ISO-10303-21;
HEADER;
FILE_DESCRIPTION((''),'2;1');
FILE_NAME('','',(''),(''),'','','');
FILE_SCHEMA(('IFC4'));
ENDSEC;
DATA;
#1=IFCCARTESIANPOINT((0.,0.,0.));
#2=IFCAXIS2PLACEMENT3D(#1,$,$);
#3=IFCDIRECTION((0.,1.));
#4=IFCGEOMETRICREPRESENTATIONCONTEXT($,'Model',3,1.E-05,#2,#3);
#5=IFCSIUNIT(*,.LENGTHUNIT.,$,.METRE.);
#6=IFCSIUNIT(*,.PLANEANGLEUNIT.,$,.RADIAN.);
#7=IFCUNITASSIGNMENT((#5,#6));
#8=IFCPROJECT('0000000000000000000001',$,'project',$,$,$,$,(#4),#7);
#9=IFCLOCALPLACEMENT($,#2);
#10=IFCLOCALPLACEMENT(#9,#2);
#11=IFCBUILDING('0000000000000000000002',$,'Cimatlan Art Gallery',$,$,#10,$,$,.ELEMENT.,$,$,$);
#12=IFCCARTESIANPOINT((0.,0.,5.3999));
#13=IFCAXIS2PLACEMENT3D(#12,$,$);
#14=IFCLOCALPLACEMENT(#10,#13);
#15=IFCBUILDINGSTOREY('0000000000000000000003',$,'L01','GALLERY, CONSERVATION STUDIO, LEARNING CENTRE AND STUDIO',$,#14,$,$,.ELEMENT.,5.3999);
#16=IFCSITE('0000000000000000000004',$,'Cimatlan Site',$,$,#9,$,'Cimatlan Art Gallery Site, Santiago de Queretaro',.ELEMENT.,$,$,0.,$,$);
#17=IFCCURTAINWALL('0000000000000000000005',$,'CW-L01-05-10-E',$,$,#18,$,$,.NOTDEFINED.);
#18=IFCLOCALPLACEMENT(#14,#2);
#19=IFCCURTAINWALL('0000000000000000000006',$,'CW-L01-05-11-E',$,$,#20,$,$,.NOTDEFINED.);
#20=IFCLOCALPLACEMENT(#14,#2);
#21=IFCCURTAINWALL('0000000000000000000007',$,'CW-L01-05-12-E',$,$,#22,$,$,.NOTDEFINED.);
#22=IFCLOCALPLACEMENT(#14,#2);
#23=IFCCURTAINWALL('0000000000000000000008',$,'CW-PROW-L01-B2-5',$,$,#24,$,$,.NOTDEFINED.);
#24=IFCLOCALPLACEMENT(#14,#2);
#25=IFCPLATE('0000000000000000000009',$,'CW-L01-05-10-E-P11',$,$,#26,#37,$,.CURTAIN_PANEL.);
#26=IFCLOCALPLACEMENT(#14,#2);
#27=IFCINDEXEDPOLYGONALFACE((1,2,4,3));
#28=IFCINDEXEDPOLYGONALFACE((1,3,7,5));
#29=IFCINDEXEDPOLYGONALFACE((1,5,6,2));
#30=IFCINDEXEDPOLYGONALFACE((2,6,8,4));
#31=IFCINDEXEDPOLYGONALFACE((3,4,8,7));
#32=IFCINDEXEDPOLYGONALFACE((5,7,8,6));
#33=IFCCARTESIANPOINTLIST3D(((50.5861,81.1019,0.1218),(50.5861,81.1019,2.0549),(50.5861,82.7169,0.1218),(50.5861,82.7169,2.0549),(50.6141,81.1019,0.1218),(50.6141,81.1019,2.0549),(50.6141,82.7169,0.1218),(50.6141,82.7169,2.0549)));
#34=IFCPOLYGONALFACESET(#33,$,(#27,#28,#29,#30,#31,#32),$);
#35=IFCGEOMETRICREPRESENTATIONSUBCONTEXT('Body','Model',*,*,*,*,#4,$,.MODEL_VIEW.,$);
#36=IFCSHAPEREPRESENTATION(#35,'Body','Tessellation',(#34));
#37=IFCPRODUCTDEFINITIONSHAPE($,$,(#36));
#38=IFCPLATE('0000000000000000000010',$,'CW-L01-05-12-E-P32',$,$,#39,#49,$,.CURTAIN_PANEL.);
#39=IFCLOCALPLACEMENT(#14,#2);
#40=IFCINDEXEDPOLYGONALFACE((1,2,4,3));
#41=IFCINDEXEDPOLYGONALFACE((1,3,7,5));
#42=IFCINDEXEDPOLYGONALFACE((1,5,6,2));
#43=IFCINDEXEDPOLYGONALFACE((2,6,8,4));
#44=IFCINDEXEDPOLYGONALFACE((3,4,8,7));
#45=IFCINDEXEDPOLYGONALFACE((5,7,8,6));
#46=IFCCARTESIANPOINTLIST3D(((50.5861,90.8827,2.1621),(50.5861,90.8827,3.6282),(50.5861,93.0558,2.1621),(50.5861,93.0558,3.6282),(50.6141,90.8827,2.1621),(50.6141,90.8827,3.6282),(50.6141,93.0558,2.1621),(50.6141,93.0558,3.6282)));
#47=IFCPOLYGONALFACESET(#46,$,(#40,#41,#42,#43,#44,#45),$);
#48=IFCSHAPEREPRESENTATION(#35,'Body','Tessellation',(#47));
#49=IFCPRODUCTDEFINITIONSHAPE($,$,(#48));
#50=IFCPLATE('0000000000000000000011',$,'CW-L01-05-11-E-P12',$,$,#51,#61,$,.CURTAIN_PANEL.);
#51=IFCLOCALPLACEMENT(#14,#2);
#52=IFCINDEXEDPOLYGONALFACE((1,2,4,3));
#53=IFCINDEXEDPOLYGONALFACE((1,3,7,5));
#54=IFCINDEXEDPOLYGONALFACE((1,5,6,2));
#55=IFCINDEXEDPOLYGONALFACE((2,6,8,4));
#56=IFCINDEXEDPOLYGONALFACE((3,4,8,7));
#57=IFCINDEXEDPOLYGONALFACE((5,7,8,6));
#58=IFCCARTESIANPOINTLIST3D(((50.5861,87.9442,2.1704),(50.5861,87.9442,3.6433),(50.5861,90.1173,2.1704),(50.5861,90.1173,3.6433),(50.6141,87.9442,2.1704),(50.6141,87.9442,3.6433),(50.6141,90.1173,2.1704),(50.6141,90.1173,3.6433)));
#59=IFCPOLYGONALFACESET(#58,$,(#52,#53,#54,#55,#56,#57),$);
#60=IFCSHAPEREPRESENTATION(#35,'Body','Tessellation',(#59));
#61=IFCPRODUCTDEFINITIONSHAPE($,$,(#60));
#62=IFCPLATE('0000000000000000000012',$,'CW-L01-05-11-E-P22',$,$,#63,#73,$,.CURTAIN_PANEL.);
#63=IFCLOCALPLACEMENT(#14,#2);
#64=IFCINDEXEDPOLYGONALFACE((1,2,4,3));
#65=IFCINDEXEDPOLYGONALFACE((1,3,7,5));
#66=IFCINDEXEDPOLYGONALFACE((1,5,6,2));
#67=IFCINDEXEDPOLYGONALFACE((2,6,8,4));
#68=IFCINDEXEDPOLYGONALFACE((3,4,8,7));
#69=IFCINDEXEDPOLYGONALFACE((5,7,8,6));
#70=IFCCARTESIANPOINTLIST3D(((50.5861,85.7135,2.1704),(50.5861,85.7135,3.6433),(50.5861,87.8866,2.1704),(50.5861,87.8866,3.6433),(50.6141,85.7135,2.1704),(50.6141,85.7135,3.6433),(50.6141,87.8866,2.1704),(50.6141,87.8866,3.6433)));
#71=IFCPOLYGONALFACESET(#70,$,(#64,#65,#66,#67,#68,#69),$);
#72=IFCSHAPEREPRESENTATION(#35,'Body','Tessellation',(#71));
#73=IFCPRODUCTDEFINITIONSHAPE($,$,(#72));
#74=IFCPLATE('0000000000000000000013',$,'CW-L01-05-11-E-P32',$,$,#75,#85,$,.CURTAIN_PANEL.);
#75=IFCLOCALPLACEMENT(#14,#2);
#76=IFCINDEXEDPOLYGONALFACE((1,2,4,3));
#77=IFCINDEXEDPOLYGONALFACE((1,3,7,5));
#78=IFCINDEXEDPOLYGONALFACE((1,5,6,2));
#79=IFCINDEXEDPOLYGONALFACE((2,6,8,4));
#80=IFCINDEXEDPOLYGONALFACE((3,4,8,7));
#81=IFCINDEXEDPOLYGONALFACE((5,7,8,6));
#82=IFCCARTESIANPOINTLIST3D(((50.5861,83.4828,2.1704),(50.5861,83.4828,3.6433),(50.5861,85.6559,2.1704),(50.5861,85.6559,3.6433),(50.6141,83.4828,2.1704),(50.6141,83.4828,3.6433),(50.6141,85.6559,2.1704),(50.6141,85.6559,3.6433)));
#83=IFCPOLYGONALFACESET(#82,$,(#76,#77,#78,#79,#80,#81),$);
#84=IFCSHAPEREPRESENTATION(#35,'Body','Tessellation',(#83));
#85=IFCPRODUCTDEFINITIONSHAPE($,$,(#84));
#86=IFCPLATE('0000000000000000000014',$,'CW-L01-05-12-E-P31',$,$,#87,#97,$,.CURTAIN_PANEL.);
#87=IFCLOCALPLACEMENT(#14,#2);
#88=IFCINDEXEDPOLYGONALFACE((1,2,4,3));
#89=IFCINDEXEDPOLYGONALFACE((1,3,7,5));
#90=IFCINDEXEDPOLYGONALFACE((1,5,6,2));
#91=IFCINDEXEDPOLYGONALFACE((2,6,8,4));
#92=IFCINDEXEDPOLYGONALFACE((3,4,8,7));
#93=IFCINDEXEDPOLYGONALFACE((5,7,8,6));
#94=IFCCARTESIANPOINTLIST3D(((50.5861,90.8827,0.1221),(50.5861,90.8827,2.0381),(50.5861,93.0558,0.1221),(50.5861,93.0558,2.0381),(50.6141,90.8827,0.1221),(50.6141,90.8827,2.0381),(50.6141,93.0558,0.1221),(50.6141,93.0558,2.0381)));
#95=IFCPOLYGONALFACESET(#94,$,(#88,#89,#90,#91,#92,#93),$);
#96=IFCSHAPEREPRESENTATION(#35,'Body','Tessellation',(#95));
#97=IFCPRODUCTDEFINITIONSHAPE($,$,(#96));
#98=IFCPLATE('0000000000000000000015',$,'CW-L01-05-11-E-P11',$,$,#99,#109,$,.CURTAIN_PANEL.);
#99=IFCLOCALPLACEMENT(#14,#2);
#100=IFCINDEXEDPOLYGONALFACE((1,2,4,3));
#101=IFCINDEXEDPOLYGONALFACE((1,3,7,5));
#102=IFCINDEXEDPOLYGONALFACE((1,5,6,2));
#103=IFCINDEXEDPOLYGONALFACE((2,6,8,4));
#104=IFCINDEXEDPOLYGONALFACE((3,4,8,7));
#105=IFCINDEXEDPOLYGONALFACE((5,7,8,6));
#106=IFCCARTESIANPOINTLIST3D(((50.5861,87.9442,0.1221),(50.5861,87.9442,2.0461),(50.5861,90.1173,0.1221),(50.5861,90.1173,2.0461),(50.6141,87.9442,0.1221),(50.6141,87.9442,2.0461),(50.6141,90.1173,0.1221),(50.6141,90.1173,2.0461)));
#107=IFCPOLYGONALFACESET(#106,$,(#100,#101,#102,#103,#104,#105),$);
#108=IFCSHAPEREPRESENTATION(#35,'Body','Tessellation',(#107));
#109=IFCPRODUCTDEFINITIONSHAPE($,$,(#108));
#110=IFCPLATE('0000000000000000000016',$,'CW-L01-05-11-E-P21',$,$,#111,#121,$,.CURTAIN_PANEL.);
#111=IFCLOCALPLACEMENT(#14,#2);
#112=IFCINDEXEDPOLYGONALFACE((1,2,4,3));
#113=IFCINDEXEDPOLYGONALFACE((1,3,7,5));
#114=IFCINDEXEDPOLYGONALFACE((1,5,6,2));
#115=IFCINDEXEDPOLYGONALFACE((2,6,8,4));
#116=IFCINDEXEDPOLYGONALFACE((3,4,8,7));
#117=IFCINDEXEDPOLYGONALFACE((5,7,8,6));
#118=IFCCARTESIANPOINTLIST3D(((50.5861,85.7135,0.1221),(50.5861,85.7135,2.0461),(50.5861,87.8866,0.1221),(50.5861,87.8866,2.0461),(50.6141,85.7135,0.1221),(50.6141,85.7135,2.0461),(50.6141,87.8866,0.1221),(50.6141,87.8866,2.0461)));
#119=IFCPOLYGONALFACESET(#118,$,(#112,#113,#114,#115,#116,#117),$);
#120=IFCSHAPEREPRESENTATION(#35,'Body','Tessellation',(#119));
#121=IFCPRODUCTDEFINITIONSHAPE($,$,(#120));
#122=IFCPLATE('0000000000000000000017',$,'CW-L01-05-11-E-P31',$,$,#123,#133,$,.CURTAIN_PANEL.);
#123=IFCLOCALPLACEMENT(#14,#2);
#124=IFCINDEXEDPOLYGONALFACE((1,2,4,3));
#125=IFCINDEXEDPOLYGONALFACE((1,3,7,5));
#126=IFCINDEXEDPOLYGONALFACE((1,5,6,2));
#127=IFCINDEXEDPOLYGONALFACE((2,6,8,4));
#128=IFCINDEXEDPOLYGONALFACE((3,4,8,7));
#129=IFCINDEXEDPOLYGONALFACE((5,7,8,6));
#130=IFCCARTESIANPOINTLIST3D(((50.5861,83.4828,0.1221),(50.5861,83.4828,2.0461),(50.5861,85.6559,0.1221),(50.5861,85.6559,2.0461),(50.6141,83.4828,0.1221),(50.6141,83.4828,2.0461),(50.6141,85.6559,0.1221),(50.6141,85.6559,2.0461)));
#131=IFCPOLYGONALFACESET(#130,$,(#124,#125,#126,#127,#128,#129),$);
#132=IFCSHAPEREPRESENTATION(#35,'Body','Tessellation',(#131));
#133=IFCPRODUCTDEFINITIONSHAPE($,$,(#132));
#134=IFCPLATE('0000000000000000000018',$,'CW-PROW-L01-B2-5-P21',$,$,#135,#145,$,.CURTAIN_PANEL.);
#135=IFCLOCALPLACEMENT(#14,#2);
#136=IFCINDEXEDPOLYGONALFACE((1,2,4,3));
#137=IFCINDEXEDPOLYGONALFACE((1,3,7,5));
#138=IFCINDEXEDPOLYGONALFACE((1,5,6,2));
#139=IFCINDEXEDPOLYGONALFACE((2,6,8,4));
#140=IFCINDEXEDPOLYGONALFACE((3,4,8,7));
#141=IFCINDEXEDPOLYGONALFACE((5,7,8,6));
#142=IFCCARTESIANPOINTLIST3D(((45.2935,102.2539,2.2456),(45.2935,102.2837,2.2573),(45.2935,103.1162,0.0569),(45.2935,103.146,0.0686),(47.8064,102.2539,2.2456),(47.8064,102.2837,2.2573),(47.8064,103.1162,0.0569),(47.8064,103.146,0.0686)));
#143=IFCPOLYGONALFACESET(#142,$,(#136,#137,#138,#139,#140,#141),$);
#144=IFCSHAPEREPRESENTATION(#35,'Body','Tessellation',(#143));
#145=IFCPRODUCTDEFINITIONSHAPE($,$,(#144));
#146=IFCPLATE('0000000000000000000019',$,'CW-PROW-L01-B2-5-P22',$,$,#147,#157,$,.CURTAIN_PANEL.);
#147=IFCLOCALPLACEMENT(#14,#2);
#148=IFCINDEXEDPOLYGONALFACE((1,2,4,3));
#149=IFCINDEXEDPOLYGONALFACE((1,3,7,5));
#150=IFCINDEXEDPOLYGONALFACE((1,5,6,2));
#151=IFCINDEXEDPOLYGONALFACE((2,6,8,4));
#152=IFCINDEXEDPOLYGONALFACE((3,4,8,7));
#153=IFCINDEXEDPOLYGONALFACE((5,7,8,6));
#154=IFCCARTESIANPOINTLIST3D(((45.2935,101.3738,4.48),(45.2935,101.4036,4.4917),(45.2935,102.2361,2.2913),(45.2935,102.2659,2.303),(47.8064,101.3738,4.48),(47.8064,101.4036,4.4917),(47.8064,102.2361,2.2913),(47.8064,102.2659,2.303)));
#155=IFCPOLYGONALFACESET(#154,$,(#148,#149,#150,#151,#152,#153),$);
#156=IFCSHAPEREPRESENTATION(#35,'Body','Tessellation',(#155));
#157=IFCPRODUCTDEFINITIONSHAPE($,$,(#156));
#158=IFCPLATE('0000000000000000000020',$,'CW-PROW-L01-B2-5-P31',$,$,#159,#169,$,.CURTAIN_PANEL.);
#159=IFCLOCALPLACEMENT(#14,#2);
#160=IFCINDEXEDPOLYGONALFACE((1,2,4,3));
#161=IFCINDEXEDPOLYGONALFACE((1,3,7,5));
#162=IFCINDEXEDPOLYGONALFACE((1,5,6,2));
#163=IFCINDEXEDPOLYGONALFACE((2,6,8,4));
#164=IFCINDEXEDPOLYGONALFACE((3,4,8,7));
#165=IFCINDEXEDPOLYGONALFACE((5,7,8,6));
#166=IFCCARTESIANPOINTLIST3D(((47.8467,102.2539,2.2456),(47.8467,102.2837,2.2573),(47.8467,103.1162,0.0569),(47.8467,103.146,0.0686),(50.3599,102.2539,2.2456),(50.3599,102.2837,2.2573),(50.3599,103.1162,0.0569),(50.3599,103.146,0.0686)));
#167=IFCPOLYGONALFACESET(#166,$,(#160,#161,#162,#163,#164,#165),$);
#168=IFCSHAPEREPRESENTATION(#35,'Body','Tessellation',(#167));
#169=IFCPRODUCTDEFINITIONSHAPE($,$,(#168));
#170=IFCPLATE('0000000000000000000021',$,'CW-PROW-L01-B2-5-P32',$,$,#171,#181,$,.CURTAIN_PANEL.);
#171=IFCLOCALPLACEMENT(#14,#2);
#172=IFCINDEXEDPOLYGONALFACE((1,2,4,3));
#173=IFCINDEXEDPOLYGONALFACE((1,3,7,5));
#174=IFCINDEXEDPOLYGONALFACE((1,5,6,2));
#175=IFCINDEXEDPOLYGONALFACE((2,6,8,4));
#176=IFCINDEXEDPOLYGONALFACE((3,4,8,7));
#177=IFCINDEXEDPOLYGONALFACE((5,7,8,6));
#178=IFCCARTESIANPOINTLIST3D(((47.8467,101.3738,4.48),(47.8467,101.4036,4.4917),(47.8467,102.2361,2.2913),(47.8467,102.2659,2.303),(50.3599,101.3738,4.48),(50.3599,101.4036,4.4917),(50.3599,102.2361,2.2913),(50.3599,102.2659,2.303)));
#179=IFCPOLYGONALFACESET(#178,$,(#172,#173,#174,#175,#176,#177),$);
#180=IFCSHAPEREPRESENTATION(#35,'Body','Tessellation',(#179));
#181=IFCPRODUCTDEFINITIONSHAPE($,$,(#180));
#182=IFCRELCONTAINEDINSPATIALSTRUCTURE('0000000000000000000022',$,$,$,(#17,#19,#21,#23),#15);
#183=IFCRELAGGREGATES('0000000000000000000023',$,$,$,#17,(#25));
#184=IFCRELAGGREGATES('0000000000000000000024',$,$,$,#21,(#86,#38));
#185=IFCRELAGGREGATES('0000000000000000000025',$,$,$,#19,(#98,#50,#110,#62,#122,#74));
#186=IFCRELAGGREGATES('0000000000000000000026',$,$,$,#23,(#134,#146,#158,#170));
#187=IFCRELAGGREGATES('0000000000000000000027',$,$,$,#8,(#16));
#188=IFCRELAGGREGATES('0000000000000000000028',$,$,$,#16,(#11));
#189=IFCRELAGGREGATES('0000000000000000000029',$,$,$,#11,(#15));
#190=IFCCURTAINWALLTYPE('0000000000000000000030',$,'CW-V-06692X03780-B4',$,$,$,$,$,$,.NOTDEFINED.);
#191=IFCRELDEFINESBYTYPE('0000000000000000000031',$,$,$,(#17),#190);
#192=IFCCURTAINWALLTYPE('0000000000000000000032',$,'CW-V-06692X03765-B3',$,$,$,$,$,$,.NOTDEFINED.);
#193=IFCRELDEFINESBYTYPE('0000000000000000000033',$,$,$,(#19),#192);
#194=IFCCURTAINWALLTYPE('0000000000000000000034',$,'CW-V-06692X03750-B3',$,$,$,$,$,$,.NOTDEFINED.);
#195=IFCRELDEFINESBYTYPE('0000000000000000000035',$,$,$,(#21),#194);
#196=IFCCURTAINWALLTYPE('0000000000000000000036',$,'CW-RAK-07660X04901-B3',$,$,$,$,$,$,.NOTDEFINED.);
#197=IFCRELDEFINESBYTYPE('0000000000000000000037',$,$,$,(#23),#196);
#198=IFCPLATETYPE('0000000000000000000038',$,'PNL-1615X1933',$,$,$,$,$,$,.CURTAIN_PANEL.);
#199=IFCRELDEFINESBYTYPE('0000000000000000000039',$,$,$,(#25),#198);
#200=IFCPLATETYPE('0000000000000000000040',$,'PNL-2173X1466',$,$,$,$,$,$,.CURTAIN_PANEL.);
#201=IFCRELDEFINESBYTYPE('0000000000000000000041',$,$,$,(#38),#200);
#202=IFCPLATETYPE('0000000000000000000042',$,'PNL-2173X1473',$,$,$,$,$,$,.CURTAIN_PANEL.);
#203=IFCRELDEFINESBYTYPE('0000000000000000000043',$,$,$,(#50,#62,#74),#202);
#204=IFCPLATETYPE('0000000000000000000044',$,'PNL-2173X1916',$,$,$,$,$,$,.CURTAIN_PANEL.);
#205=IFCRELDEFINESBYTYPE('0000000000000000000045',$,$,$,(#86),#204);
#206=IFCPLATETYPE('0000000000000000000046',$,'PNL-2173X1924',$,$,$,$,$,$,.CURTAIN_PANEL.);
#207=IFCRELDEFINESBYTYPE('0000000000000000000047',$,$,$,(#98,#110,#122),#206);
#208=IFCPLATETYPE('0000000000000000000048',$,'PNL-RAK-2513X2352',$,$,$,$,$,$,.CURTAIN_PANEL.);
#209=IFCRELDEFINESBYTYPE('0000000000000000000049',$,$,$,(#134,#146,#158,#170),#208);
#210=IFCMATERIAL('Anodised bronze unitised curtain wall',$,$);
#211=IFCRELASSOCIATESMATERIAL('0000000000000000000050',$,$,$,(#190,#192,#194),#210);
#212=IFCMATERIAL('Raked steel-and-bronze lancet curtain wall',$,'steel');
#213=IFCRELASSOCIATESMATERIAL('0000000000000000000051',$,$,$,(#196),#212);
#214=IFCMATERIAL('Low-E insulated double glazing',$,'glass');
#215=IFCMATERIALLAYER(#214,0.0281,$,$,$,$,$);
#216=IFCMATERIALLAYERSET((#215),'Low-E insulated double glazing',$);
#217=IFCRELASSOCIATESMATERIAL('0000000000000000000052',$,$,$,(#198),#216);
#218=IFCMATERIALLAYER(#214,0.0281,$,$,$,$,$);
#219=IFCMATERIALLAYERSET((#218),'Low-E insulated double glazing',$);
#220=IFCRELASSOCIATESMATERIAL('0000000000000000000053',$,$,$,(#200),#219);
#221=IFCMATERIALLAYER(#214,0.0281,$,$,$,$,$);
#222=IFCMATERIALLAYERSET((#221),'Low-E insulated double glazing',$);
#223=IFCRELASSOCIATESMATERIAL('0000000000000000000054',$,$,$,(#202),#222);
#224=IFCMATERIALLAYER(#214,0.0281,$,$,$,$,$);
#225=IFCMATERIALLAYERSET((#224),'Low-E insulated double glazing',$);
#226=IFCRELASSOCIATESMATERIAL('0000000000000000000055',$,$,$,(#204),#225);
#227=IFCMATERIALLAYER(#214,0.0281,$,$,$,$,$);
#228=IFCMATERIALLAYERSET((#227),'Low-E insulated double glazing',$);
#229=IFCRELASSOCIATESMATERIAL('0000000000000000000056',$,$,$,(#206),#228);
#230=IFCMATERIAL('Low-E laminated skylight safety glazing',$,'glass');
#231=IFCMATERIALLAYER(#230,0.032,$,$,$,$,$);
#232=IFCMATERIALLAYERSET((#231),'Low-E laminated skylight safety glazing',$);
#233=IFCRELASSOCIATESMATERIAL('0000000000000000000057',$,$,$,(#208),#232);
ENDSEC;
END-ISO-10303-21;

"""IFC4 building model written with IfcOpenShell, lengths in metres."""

from ifc_helpers import new_model, si_unit, direction, frame, origin, origin_2d, place, context, subcontext, project, spatial, polyline, rectangle, outline, extrude, material, layer, layer_set, type_object, element, aggregate, save


model = new_model("IFC4")

# Units and contexts
model_context = context("Model", 3, precision=1e-05, world=origin(), true_north=direction((0.0, 1.0)))
body_context = subcontext(model_context, "Body", "Model", "MODEL_VIEW")
ifc_project = project(units=[si_unit("LENGTHUNIT", "METRE"), si_unit("PLANEANGLEUNIT", "RADIAN")], contexts=[model_context])

# Site, building, storey
site_placement = place(None, origin())
site = spatial("IfcSite", under=ifc_project, at=site_placement, Name="Cimatlan Site", LongName="Cimatlan Art Gallery Site, Santiago de Queretaro", CompositionType="ELEMENT", RefElevation=0.0)
building_placement = place(site_placement, origin())
building = spatial("IfcBuilding", under=site, at=building_placement, Name="Cimatlan Art Gallery", CompositionType="ELEMENT")
storey_placement = place(building_placement, frame((0.0, 0.0, 5.3999)))
storey = spatial("IfcBuildingStorey", under=building, at=storey_placement, Name="L01", Description="GALLERY, CONSERVATION STUDIO, LEARNING CENTRE AND STUDIO", CompositionType="ELEMENT", Elevation=5.3999)

# Curtain wall
ifc_material_1 = material(Name="Anodised bronze unitised curtain wall")
curtain_wall_type_1 = type_object("IfcCurtainWallType", Name="CW-V-06692X03780-B4", PredefinedType="NOTDEFINED", material=ifc_material_1)
curtain_wall_1_placement = place(storey_placement, origin())
curtain_wall_1 = element("IfcCurtainWall", 1, at=curtain_wall_1_placement, inside=storey, type_object=curtain_wall_type_1, Name="CW-L01-05-10-E", PredefinedType="NOTDEFINED")

# Curtain walls
curtain_wall_type_2 = type_object("IfcCurtainWallType", Name="CW-V-06692X03765-B3", PredefinedType="NOTDEFINED", material=ifc_material_1)
curtain_wall_2_placement = place(storey_placement, origin())
curtain_wall_2 = element("IfcCurtainWall", 2, at=curtain_wall_2_placement, inside=storey, type_object=curtain_wall_type_2, Name="CW-L01-05-11-E", PredefinedType="NOTDEFINED")
curtain_wall_type_3 = type_object("IfcCurtainWallType", Name="CW-V-06692X03750-B3", PredefinedType="NOTDEFINED", material=ifc_material_1)
curtain_wall_3_placement = place(storey_placement, origin())
curtain_wall_3 = element("IfcCurtainWall", 3, at=curtain_wall_3_placement, inside=storey, type_object=curtain_wall_type_3, Name="CW-L01-05-12-E", PredefinedType="NOTDEFINED")
ifc_material_2 = material(Name="Raked steel-and-bronze lancet curtain wall", Category="steel")
curtain_wall_type_4 = type_object("IfcCurtainWallType", Name="CW-RAK-07660X04901-B3", PredefinedType="NOTDEFINED", material=ifc_material_2)
curtain_wall_4_placement = place(storey_placement, origin())
curtain_wall_4 = element("IfcCurtainWall", 4, at=curtain_wall_4_placement, inside=storey, type_object=curtain_wall_type_4, Name="CW-PROW-L01-B2-5", PredefinedType="NOTDEFINED")

# Plates
ifc_material_3 = material(Name="Low-E insulated double glazing", Category="glass")
ifc_layer_1 = layer(ifc_material_3, 0.0281)
ifc_layer_set_1 = layer_set([ifc_layer_1], Name="Low-E insulated double glazing")
plate_type_1 = type_object("IfcPlateType", Name="PNL-1615X1933", PredefinedType="CURTAIN_PANEL", material=ifc_layer_set_1)
plate_1_placement = place(storey_placement, frame((50.6001, 81.9094, 0.1218), z_axis=(0.0, 0.0, 1.0), x_axis=(0.0, -1.0, 0.0)))
plate_1 = element("IfcPlate", 5, at=plate_1_placement, type_object=plate_type_1, Name="CW-L01-05-10-E-P11", PredefinedType="CURTAIN_PANEL", context=body_context, shape_type="SweptSolid", body=[
    extrude(rectangle(XDim=1.615, YDim=0.0281, at=origin_2d()), origin(), (0.0, 0.0, 1.0), 1.9331),
])
aggregate(curtain_wall_1, [plate_1])
ifc_layer_2 = layer(ifc_material_3, 0.0281)
ifc_layer_set_2 = layer_set([ifc_layer_2], Name="Low-E insulated double glazing")
plate_type_2 = type_object("IfcPlateType", Name="PNL-2173X1466", PredefinedType="CURTAIN_PANEL", material=ifc_layer_set_2)
plate_2_placement = place(storey_placement, frame((50.6001, 91.9692, 2.1621), z_axis=(0.0, 0.0, 1.0), x_axis=(0.0, -1.0, 0.0)))
plate_2 = element("IfcPlate", 6, at=plate_2_placement, type_object=plate_type_2, Name="CW-L01-05-12-E-P32", PredefinedType="CURTAIN_PANEL", context=body_context, shape_type="SweptSolid", body=[
    extrude(rectangle(XDim=2.1731, YDim=0.0281, at=origin_2d()), origin(), (0.0, 0.0, 1.0), 1.4661),
])
ifc_layer_3 = layer(ifc_material_3, 0.0281)
ifc_layer_set_3 = layer_set([ifc_layer_3], Name="Low-E insulated double glazing")
plate_type_3 = type_object("IfcPlateType", Name="PNL-2173X1473", PredefinedType="CURTAIN_PANEL", material=ifc_layer_set_3)
plate_3_placement = place(storey_placement, frame((50.6001, 89.0308, 2.1704), z_axis=(0.0, 0.0, 1.0), x_axis=(0.0, -1.0, 0.0)))
plate_3 = element("IfcPlate", 7, at=plate_3_placement, type_object=plate_type_3, Name="CW-L01-05-11-E-P12", PredefinedType="CURTAIN_PANEL", context=body_context, shape_type="SweptSolid", body=[
    extrude(rectangle(XDim=2.1731, YDim=0.0281, at=origin_2d()), origin(), (0.0, 0.0, 1.0), 1.4729),
])
plate_4_placement = place(storey_placement, frame((50.6001, 86.8, 2.1704), z_axis=(0.0, 0.0, 1.0), x_axis=(0.0, -1.0, 0.0)))
plate_4 = element("IfcPlate", 8, at=plate_4_placement, type_object=plate_type_3, Name="CW-L01-05-11-E-P22", PredefinedType="CURTAIN_PANEL", context=body_context, shape_type="SweptSolid", body=[
    extrude(rectangle(XDim=2.1731, YDim=0.0281, at=origin_2d()), origin(), (0.0, 0.0, 1.0), 1.4729),
])
plate_5_placement = place(storey_placement, frame((50.6001, 84.5693, 2.1704), z_axis=(0.0, 0.0, 1.0), x_axis=(0.0, -1.0, 0.0)))
plate_5 = element("IfcPlate", 9, at=plate_5_placement, type_object=plate_type_3, Name="CW-L01-05-11-E-P32", PredefinedType="CURTAIN_PANEL", context=body_context, shape_type="SweptSolid", body=[
    extrude(rectangle(XDim=2.1731, YDim=0.0281, at=origin_2d()), origin(), (0.0, 0.0, 1.0), 1.4729),
])
ifc_layer_4 = layer(ifc_material_3, 0.0281)
ifc_layer_set_4 = layer_set([ifc_layer_4], Name="Low-E insulated double glazing")
plate_type_4 = type_object("IfcPlateType", Name="PNL-2173X1916", PredefinedType="CURTAIN_PANEL", material=ifc_layer_set_4)
plate_6_placement = place(storey_placement, frame((50.6001, 91.9692, 0.1221), z_axis=(0.0, 0.0, 1.0), x_axis=(0.0, -1.0, 0.0)))
plate_6 = element("IfcPlate", 10, at=plate_6_placement, type_object=plate_type_4, Name="CW-L01-05-12-E-P31", PredefinedType="CURTAIN_PANEL", context=body_context, shape_type="SweptSolid", body=[
    extrude(rectangle(XDim=2.1731, YDim=0.0281, at=origin_2d()), origin(), (0.0, 0.0, 1.0), 1.916),
])
aggregate(curtain_wall_3, [plate_6, plate_2])
ifc_layer_5 = layer(ifc_material_3, 0.0281)
ifc_layer_set_5 = layer_set([ifc_layer_5], Name="Low-E insulated double glazing")
plate_type_5 = type_object("IfcPlateType", Name="PNL-2173X1924", PredefinedType="CURTAIN_PANEL", material=ifc_layer_set_5)
plate_7_placement = place(storey_placement, frame((50.6001, 89.0308, 0.1221), z_axis=(0.0, 0.0, 1.0), x_axis=(0.0, -1.0, 0.0)))
plate_7 = element("IfcPlate", 11, at=plate_7_placement, type_object=plate_type_5, Name="CW-L01-05-11-E-P11", PredefinedType="CURTAIN_PANEL", context=body_context, shape_type="SweptSolid", body=[
    extrude(rectangle(XDim=2.1731, YDim=0.0281, at=origin_2d()), origin(), (0.0, 0.0, 1.0), 1.9241),
])
plate_8_placement = place(storey_placement, frame((50.6001, 86.8, 0.1221), z_axis=(0.0, 0.0, 1.0), x_axis=(0.0, -1.0, 0.0)))
plate_8 = element("IfcPlate", 12, at=plate_8_placement, type_object=plate_type_5, Name="CW-L01-05-11-E-P21", PredefinedType="CURTAIN_PANEL", context=body_context, shape_type="SweptSolid", body=[
    extrude(rectangle(XDim=2.1731, YDim=0.0281, at=origin_2d()), origin(), (0.0, 0.0, 1.0), 1.9241),
])
plate_9_placement = place(storey_placement, frame((50.6001, 84.5693, 0.1221), z_axis=(0.0, 0.0, 1.0), x_axis=(0.0, -1.0, 0.0)))
plate_9 = element("IfcPlate", 13, at=plate_9_placement, type_object=plate_type_5, Name="CW-L01-05-11-E-P31", PredefinedType="CURTAIN_PANEL", context=body_context, shape_type="SweptSolid", body=[
    extrude(rectangle(XDim=2.1731, YDim=0.0281, at=origin_2d()), origin(), (0.0, 0.0, 1.0), 1.9241),
])
aggregate(curtain_wall_2, [plate_7, plate_3, plate_8, plate_4, plate_9, plate_5])
ifc_material_4 = material(Name="Low-E laminated skylight safety glazing", Category="glass")
ifc_layer_6 = layer(ifc_material_4, 0.032)
ifc_layer_set_6 = layer_set([ifc_layer_6], Name="Low-E laminated skylight safety glazing")
plate_type_6 = type_object("IfcPlateType", Name="PNL-RAK-2513X2352", PredefinedType="CURTAIN_PANEL", material=ifc_layer_set_6)
plate_10_placement = place(storey_placement, frame((45.2935, 103.146, 0.0686), z_axis=(0.0, 0.930397, 0.366554), x_axis=(1.0, 0.0, 0.0)))
plate_10 = element("IfcPlate", 14, at=plate_10_placement, type_object=plate_type_6, Name="CW-PROW-L01-B2-5-P21", PredefinedType="CURTAIN_PANEL", context=body_context, shape_type="SweptSolid", body=[
    extrude(outline(polyline([(0.0, 0.0), (2.5129, 0.0), (2.5129, -2.3525), (0.0, -2.3525), (0.0, 0.0)])), origin(), (0.0, 0.0, -1.0), 0.032),
])
plate_11_placement = place(storey_placement, frame((45.2935, 102.2659, 2.303), z_axis=(0.0, 0.930397, 0.366554), x_axis=(1.0, 0.0, 0.0)))
plate_11 = element("IfcPlate", 15, at=plate_11_placement, type_object=plate_type_6, Name="CW-PROW-L01-B2-5-P22", PredefinedType="CURTAIN_PANEL", context=body_context, shape_type="SweptSolid", body=[
    extrude(outline(polyline([(0.0, 0.0), (2.5129, 0.0), (2.5129, -2.3525), (0.0, -2.3525), (0.0, 0.0)])), origin(), (0.0, 0.0, -1.0), 0.032),
])
plate_12_placement = place(storey_placement, frame((47.8467, 103.146, 0.0686), z_axis=(0.0, 0.930397, 0.366554), x_axis=(1.0, 0.0, 0.0)))
plate_12 = element("IfcPlate", 16, at=plate_12_placement, type_object=plate_type_6, Name="CW-PROW-L01-B2-5-P31", PredefinedType="CURTAIN_PANEL", context=body_context, shape_type="SweptSolid", body=[
    extrude(outline(polyline([(0.0, 0.0), (2.5132, 0.0), (2.5132, -2.3525), (0.0, -2.3525), (0.0, 0.0)])), origin(), (0.0, 0.0, -1.0), 0.032),
])
plate_13_placement = place(storey_placement, frame((47.8467, 102.2659, 2.303), z_axis=(0.0, 0.930397, 0.366554), x_axis=(1.0, 0.0, 0.0)))
plate_13 = element("IfcPlate", 17, at=plate_13_placement, type_object=plate_type_6, Name="CW-PROW-L01-B2-5-P32", PredefinedType="CURTAIN_PANEL", context=body_context, shape_type="SweptSolid", body=[
    extrude(outline(polyline([(0.0, 0.0), (2.5132, 0.0), (2.5132, -2.3525), (0.0, -2.3525), (0.0, 0.0)])), origin(), (0.0, 0.0, -1.0), 0.032),
])
aggregate(curtain_wall_4, [plate_10, plate_11, plate_12, plate_13])

save(model, "model.ifc")
